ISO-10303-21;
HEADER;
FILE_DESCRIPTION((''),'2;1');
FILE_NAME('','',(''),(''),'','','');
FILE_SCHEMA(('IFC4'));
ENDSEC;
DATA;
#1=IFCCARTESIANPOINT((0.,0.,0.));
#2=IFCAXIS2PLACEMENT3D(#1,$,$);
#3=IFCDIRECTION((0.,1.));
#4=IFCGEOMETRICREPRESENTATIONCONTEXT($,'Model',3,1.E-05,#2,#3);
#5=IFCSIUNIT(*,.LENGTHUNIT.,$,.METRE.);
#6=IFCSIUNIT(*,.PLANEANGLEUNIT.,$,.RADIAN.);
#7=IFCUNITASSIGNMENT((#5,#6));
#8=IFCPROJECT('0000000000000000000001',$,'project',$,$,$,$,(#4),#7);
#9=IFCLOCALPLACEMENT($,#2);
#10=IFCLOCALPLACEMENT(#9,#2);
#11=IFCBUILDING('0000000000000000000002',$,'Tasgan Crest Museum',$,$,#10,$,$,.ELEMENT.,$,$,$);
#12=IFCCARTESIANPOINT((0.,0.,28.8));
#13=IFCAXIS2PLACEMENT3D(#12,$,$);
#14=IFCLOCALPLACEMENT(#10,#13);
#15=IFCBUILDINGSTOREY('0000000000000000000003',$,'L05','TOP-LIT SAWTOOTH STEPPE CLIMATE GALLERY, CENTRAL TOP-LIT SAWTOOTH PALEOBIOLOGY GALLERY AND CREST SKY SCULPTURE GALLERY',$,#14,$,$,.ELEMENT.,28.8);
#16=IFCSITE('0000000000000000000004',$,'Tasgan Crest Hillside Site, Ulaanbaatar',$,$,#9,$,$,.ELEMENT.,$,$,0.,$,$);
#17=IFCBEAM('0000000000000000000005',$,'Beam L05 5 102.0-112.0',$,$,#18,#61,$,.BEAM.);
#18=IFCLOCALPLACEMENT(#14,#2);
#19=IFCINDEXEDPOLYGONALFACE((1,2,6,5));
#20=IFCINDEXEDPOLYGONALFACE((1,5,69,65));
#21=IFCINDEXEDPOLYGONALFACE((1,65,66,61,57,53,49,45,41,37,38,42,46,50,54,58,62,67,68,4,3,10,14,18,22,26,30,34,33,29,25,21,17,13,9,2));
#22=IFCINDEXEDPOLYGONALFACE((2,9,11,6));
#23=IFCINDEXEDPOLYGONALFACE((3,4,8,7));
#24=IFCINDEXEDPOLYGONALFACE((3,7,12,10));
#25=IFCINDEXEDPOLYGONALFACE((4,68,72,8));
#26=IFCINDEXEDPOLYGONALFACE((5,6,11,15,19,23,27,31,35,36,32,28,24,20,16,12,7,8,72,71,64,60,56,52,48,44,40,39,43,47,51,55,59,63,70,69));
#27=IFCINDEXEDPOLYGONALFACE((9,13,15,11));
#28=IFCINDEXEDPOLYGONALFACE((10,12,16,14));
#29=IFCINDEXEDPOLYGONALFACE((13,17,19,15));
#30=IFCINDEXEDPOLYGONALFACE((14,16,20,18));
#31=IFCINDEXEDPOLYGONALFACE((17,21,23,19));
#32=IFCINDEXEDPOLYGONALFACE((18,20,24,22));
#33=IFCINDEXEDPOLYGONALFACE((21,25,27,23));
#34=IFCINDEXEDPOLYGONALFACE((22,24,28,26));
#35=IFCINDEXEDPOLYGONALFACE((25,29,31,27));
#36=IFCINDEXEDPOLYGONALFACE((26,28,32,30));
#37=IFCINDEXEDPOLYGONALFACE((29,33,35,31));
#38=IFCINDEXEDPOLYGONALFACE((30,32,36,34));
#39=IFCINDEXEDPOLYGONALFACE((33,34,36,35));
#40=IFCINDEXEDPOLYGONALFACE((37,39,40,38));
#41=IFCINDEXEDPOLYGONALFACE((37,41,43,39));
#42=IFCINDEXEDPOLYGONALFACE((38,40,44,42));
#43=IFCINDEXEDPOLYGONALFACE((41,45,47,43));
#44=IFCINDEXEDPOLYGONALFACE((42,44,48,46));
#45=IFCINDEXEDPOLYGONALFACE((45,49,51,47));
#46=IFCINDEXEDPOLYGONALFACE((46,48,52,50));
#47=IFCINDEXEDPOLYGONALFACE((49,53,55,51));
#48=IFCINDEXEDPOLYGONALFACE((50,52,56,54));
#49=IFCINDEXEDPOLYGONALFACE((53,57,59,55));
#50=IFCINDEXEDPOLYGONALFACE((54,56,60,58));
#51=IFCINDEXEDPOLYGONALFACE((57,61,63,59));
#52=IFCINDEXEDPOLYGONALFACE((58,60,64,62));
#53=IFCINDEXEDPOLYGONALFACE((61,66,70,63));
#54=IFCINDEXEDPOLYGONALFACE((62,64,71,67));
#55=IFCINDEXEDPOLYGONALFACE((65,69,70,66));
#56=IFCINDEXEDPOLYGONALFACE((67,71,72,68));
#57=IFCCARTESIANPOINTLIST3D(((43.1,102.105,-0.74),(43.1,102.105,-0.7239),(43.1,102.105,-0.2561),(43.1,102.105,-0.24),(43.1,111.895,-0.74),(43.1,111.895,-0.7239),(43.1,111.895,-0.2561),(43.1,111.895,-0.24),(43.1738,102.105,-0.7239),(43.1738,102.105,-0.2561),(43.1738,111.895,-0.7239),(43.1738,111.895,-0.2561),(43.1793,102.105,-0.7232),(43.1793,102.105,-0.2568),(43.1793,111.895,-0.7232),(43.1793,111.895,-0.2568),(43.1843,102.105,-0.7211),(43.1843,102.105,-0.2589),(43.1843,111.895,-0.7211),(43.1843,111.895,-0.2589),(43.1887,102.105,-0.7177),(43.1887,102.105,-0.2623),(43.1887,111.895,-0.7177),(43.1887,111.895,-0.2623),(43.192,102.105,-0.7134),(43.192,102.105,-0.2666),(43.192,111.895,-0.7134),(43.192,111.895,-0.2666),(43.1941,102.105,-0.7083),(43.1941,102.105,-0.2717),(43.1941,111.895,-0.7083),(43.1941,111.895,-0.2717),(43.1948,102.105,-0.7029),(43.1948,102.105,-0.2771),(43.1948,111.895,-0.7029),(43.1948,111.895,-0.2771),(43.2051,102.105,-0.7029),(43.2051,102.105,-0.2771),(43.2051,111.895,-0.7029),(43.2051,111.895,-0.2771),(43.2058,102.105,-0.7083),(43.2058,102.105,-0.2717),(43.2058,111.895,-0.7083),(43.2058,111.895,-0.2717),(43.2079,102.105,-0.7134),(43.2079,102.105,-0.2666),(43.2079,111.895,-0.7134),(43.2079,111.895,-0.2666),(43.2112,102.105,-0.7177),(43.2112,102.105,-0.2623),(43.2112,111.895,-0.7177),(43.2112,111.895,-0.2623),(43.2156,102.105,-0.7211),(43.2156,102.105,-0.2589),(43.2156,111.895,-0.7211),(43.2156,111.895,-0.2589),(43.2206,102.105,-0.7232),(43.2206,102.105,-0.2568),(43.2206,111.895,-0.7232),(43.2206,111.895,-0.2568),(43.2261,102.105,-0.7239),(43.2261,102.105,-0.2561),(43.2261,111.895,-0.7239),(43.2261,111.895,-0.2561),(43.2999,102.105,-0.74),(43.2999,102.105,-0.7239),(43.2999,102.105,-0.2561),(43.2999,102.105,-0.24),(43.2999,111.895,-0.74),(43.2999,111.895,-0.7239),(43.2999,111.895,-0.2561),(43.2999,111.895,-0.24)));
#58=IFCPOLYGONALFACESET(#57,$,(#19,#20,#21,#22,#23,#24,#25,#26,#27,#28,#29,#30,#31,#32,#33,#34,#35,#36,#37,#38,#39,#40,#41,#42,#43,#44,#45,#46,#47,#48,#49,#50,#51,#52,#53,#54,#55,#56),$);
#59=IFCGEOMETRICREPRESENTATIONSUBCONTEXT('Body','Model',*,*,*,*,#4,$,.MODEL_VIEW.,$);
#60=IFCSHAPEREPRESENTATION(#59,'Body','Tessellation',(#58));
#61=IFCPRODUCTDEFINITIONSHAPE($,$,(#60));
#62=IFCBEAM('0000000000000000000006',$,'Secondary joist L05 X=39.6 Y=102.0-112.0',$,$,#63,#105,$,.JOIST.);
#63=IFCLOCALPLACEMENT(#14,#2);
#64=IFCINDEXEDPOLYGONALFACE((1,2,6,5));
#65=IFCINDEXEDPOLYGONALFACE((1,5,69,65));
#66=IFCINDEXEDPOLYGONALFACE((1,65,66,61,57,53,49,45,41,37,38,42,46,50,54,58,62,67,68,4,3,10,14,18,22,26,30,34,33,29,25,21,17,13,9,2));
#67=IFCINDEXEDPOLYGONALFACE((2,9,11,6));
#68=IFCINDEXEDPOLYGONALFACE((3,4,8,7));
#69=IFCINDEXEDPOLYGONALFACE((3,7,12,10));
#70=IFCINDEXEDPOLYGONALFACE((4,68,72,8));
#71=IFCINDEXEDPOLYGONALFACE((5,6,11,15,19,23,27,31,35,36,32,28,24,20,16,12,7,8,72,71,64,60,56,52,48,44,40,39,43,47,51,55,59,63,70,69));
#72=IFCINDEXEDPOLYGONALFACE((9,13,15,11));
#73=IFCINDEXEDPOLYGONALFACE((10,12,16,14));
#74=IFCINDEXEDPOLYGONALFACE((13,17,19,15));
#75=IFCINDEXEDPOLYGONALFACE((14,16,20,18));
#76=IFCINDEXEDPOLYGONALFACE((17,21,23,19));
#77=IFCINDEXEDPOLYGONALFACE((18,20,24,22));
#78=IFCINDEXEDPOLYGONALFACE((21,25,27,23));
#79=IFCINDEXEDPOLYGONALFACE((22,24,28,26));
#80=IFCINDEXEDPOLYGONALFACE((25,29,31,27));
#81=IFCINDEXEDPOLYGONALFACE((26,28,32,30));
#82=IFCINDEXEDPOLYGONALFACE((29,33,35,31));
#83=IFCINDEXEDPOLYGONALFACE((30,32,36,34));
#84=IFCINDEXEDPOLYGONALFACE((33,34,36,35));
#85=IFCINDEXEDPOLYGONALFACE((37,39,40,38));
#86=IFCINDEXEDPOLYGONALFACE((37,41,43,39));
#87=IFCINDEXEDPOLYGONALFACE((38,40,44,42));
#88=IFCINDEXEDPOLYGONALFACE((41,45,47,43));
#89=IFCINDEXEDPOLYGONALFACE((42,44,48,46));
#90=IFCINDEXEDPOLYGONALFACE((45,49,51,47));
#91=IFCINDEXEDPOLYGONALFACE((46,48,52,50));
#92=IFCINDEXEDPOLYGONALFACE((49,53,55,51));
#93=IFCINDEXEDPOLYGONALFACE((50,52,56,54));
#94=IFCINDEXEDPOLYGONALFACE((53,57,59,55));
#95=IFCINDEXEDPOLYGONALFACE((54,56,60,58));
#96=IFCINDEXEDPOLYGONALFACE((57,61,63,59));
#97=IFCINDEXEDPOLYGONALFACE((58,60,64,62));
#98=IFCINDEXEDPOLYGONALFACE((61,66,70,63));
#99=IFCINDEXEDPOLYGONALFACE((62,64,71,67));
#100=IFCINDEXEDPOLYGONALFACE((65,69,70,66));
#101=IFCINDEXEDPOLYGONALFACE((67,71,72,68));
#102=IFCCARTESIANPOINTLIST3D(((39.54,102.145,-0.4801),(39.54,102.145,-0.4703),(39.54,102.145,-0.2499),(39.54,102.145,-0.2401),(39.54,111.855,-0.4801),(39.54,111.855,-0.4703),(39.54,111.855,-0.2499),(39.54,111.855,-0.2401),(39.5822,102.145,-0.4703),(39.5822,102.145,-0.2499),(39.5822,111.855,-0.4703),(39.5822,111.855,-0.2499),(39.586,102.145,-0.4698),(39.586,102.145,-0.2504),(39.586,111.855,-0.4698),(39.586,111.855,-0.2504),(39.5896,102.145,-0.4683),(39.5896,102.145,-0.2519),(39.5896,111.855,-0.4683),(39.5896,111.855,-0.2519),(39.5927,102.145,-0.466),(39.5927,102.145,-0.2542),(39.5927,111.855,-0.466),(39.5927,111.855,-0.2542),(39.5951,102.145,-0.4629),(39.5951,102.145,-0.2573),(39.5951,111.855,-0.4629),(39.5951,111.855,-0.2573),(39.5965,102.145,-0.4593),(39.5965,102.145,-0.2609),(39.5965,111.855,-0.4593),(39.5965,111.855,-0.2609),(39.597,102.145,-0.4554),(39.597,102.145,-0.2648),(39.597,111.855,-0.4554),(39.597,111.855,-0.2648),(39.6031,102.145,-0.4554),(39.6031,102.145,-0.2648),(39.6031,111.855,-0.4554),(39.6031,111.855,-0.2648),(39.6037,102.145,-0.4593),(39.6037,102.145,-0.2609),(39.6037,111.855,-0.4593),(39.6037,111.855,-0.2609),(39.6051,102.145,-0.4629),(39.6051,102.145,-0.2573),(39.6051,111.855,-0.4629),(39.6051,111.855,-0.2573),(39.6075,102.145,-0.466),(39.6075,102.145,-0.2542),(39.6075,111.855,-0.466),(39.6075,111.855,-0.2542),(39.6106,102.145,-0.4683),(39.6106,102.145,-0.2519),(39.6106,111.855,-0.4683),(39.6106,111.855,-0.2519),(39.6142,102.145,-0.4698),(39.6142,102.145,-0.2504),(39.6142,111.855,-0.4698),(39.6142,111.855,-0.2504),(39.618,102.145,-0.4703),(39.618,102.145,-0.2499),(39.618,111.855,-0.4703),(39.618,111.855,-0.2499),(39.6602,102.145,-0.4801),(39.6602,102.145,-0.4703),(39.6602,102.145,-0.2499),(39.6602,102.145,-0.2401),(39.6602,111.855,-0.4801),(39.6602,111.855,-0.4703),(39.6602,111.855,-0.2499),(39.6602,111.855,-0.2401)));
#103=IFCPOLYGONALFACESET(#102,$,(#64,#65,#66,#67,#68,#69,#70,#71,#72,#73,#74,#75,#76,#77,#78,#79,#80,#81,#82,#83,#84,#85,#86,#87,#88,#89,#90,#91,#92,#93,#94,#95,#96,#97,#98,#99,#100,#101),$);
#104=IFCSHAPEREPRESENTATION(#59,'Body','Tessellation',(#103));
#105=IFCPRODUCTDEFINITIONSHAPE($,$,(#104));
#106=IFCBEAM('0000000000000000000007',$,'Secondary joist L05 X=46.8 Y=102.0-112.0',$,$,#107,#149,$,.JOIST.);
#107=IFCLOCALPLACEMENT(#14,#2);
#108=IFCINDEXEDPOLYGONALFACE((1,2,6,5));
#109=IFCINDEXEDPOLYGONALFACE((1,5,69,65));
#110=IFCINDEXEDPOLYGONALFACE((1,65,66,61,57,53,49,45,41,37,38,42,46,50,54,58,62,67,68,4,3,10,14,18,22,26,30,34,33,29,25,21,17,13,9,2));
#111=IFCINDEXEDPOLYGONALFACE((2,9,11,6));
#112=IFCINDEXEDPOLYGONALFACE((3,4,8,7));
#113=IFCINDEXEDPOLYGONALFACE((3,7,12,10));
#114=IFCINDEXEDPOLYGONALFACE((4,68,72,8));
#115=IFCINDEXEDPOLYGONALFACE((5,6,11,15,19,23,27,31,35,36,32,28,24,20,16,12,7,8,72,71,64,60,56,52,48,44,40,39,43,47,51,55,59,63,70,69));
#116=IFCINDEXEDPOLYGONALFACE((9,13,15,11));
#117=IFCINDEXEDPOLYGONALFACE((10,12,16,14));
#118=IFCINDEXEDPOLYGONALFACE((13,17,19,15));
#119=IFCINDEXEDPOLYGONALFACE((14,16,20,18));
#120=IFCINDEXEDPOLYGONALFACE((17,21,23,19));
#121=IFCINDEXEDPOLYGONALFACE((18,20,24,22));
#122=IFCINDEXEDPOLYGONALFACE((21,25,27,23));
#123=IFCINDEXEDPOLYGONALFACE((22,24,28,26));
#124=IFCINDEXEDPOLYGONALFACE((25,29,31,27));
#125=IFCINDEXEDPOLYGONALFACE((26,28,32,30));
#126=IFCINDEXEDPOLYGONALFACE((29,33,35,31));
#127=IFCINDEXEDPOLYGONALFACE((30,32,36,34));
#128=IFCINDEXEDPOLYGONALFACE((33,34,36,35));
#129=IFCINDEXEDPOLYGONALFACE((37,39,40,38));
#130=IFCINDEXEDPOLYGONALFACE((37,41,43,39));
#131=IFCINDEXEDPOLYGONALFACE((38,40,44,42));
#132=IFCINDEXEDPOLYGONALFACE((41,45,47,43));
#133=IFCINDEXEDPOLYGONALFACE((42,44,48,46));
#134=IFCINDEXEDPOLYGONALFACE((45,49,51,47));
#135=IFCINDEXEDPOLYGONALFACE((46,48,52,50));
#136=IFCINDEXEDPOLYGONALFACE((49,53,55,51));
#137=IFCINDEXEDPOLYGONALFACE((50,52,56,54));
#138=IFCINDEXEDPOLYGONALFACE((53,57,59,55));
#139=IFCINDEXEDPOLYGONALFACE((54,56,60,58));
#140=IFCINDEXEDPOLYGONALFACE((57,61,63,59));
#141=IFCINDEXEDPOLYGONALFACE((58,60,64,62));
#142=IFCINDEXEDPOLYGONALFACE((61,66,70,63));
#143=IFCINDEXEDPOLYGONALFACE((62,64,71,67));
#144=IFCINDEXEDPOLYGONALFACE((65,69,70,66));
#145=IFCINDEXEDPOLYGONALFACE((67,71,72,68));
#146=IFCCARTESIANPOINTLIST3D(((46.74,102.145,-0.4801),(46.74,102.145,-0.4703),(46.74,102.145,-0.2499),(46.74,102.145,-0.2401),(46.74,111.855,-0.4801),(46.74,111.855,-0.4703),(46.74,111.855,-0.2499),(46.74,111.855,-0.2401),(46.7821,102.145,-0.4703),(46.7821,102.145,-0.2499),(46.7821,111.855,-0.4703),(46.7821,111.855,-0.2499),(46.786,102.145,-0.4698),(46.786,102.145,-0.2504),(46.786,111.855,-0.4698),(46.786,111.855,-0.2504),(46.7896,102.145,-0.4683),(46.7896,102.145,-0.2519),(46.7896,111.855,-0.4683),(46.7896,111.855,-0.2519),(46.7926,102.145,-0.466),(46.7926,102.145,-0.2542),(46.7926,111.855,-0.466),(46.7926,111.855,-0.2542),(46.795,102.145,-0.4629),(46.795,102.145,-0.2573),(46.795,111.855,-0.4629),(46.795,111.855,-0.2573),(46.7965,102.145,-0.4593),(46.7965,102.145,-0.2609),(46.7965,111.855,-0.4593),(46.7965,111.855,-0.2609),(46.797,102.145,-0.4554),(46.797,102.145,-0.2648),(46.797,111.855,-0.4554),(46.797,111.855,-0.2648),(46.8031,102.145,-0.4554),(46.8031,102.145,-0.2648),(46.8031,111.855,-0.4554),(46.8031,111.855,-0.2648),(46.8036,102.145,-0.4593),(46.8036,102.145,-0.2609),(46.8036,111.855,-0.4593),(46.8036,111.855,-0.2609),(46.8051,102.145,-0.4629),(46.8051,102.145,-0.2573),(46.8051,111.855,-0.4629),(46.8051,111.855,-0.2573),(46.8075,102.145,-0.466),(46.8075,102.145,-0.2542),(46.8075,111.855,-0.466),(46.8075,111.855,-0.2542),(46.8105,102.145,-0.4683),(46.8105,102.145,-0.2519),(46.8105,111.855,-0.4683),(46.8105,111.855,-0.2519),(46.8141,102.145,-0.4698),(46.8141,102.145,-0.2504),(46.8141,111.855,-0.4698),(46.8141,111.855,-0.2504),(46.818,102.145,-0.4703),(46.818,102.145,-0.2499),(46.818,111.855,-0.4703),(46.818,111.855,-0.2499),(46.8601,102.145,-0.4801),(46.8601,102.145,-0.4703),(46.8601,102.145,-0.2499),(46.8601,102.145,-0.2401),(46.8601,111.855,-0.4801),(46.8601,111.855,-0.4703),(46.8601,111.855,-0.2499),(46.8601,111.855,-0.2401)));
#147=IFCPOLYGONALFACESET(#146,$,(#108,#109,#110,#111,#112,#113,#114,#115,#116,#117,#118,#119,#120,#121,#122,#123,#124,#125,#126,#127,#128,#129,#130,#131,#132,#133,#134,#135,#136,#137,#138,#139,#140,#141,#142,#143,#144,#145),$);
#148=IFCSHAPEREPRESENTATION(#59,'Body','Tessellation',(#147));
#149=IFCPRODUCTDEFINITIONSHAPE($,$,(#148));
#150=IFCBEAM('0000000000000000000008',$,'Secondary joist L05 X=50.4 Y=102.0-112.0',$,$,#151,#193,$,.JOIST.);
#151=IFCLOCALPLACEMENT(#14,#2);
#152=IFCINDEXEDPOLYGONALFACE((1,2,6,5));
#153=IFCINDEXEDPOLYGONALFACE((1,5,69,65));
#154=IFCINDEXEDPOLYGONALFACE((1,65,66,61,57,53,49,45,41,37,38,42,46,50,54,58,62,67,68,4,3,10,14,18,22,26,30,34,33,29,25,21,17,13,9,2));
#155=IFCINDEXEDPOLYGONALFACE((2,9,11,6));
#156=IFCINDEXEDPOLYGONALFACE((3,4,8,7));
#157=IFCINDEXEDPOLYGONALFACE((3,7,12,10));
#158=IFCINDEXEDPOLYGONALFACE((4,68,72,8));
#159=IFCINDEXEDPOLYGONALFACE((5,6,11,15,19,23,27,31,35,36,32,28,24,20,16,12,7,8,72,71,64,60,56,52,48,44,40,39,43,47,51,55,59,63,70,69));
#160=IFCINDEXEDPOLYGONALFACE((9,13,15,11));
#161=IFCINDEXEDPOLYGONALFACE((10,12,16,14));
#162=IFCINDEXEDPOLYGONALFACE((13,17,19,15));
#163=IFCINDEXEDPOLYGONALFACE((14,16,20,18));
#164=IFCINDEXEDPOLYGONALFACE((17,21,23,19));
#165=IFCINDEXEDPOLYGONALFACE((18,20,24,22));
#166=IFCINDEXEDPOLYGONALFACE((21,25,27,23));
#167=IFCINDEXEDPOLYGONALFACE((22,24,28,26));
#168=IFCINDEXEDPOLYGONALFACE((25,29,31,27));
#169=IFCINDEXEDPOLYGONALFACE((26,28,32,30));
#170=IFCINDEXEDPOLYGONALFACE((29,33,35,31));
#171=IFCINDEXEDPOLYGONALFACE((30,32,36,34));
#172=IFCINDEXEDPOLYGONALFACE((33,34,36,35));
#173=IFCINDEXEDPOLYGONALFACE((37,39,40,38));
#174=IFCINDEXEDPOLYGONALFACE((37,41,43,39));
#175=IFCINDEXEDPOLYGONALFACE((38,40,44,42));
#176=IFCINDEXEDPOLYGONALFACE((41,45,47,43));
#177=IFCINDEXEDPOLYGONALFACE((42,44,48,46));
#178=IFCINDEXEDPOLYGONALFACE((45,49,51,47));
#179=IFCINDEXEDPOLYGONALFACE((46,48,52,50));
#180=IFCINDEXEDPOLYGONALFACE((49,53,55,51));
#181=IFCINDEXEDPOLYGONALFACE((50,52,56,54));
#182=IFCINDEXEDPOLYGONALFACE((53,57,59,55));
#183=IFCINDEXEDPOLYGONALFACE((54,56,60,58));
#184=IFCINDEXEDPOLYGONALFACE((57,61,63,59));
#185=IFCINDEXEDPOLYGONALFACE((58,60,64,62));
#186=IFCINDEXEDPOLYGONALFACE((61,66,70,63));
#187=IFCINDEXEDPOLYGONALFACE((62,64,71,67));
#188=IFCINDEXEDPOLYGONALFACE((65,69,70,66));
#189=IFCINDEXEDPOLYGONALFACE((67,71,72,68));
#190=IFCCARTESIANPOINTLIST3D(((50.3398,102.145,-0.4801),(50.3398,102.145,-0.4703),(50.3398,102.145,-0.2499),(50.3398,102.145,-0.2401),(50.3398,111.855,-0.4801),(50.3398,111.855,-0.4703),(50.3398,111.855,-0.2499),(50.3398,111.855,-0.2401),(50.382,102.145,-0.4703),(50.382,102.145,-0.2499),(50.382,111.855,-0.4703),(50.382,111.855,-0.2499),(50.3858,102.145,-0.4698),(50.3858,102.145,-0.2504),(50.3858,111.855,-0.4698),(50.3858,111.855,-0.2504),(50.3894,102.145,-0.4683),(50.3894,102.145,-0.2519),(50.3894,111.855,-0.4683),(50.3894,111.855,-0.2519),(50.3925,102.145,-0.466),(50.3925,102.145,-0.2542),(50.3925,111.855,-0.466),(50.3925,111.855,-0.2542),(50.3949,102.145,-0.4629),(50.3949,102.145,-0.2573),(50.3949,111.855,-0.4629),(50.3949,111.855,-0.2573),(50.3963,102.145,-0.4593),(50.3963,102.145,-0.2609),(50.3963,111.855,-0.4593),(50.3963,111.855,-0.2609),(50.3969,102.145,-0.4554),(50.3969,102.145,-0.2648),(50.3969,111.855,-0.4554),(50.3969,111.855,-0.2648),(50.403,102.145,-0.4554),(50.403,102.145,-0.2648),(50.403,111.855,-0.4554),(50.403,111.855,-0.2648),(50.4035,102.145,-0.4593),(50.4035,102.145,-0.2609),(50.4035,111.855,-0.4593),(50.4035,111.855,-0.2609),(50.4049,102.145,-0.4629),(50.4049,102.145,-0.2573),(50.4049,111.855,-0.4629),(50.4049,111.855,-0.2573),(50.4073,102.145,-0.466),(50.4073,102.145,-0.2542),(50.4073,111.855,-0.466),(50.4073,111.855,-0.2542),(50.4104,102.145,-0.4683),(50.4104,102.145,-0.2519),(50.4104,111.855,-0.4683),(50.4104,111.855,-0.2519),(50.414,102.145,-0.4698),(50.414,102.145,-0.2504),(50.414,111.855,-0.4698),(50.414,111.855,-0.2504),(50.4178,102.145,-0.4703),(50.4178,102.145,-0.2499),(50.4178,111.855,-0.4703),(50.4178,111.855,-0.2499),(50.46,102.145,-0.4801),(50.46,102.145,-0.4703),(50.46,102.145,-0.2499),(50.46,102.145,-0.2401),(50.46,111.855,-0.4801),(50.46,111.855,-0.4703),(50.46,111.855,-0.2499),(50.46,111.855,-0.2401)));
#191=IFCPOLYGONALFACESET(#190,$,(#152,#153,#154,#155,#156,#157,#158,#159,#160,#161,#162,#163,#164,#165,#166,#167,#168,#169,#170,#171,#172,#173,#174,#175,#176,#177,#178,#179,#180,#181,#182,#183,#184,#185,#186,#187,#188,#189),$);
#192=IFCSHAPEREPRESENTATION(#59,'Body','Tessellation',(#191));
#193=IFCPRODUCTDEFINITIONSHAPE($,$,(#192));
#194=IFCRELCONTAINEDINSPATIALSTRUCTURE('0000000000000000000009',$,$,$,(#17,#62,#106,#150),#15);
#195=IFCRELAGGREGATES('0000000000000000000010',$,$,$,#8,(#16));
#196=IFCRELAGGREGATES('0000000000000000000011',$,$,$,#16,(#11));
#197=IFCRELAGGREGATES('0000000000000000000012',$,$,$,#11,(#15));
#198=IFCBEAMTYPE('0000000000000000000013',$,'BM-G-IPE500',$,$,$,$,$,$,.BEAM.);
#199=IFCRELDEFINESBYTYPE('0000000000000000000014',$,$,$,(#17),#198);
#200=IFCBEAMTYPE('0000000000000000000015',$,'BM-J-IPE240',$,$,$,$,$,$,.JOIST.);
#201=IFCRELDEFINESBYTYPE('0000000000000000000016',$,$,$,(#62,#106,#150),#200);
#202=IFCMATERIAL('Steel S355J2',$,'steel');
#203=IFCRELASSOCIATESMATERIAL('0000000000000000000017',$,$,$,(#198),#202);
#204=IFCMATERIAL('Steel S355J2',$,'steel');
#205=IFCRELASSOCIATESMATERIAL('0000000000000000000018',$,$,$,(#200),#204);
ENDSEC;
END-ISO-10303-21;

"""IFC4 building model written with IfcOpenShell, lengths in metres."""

from ifc_helpers import new_model, si_unit, direction, frame, origin, origin_2d, place, context, subcontext, project, spatial, i_section, extrude, material, material_profile, profile_set, type_object, element, save


model = new_model("IFC4")

# Units and contexts
model_context = context("Model", 3, precision=1e-05, world=origin(), true_north=direction((0.0, 1.0)))
body_context = subcontext(model_context, "Body", "Model", "MODEL_VIEW")
ifc_project = project(units=[si_unit("LENGTHUNIT", "METRE"), si_unit("PLANEANGLEUNIT", "RADIAN")], contexts=[model_context])

# Site, building, storey
site_placement = place(None, origin())
site = spatial("IfcSite", under=ifc_project, at=site_placement, Name="Tasgan Crest Hillside Site, Ulaanbaatar", CompositionType="ELEMENT", RefElevation=0.0)
building_placement = place(site_placement, origin())
building = spatial("IfcBuilding", under=site, at=building_placement, Name="Tasgan Crest Museum", CompositionType="ELEMENT")
storey_placement = place(building_placement, frame((0.0, 0.0, 28.8)))
storey = spatial("IfcBuildingStorey", under=building, at=storey_placement, Name="L05", Description="TOP-LIT SAWTOOTH STEPPE CLIMATE GALLERY, CENTRAL TOP-LIT SAWTOOTH PALEOBIOLOGY GALLERY AND CREST SKY SCULPTURE GALLERY", CompositionType="ELEMENT", Elevation=28.8)

# Beams
ifc_material_1 = material(Name="Steel S355J2", Category="steel")
ifc_material_profile_1 = material_profile(ifc_material_1, i_section(OverallWidth=0.2, OverallDepth=0.5, WebThickness=0.0103, FlangeThickness=0.0161, FilletRadius=0.021, at=origin_2d()), Name="IPE 500")
ifc_profile_set_1 = profile_set([ifc_material_profile_1], Name="Steel S355J2")
beam_type_1 = type_object("IfcBeamType", Name="BM-G-IPE500", PredefinedType="BEAM", material=ifc_profile_set_1)
beam_1_placement = place(storey_placement, frame((43.2, 102.105, -0.49), z_axis=(0.0, 1.0, 0.0), x_axis=(-1.0, 0.0, 0.0)))
element("IfcBeam", 1, at=beam_1_placement, inside=storey, type_object=beam_type_1, Name="Beam L05 5 102.0-112.0", PredefinedType="BEAM", context=body_context, shape_type="SweptSolid", body=[
    extrude(i_section(OverallWidth=0.2, OverallDepth=0.5, WebThickness=0.0103, FlangeThickness=0.0161, FilletRadius=0.021, at=origin_2d()), origin(), (0.0, 0.0, 1.0), 9.79),
])
ifc_material_2 = material(Name="Steel S355J2", Category="steel")
ifc_material_profile_2 = material_profile(ifc_material_2, i_section(OverallWidth=0.1201, OverallDepth=0.24, WebThickness=0.0061, FlangeThickness=0.0098, FilletRadius=0.0149, at=origin_2d()), Name="IPE 240")
ifc_profile_set_2 = profile_set([ifc_material_profile_2], Name="Steel S355J2")
beam_type_2 = type_object("IfcBeamType", Name="BM-J-IPE240", PredefinedType="JOIST", material=ifc_profile_set_2)
for number, where, z_axis, x_axis, name in (
    (2, (39.6001, 102.145, -0.3601), (0.0, 1.0, 0.0), (-1.0, 0.0, 0.0), "Secondary joist L05 X=39.6 Y=102.0-112.0"),
    (3, (46.8, 102.145, -0.3601), (0.0, 1.0, 0.0), (-1.0, 0.0, 0.0), "Secondary joist L05 X=46.8 Y=102.0-112.0"),
    (4, (50.3999, 102.145, -0.3601), (0.0, 1.0, 0.0), (-1.0, 0.0, 0.0), "Secondary joist L05 X=50.4 Y=102.0-112.0"),
):
    element("IfcBeam", number, at=place(storey_placement, frame(where, z_axis=z_axis, x_axis=x_axis)), inside=storey, type_object=beam_type_2, Name=name, PredefinedType="JOIST", context=body_context, shape_type="SweptSolid", body=[
        extrude(i_section(OverallWidth=0.1201, OverallDepth=0.24, WebThickness=0.0061, FlangeThickness=0.0098, FilletRadius=0.0149, at=origin_2d()), origin(), (0.0, 0.0, 1.0), 9.71),
    ])

save(model, "model.ifc")
